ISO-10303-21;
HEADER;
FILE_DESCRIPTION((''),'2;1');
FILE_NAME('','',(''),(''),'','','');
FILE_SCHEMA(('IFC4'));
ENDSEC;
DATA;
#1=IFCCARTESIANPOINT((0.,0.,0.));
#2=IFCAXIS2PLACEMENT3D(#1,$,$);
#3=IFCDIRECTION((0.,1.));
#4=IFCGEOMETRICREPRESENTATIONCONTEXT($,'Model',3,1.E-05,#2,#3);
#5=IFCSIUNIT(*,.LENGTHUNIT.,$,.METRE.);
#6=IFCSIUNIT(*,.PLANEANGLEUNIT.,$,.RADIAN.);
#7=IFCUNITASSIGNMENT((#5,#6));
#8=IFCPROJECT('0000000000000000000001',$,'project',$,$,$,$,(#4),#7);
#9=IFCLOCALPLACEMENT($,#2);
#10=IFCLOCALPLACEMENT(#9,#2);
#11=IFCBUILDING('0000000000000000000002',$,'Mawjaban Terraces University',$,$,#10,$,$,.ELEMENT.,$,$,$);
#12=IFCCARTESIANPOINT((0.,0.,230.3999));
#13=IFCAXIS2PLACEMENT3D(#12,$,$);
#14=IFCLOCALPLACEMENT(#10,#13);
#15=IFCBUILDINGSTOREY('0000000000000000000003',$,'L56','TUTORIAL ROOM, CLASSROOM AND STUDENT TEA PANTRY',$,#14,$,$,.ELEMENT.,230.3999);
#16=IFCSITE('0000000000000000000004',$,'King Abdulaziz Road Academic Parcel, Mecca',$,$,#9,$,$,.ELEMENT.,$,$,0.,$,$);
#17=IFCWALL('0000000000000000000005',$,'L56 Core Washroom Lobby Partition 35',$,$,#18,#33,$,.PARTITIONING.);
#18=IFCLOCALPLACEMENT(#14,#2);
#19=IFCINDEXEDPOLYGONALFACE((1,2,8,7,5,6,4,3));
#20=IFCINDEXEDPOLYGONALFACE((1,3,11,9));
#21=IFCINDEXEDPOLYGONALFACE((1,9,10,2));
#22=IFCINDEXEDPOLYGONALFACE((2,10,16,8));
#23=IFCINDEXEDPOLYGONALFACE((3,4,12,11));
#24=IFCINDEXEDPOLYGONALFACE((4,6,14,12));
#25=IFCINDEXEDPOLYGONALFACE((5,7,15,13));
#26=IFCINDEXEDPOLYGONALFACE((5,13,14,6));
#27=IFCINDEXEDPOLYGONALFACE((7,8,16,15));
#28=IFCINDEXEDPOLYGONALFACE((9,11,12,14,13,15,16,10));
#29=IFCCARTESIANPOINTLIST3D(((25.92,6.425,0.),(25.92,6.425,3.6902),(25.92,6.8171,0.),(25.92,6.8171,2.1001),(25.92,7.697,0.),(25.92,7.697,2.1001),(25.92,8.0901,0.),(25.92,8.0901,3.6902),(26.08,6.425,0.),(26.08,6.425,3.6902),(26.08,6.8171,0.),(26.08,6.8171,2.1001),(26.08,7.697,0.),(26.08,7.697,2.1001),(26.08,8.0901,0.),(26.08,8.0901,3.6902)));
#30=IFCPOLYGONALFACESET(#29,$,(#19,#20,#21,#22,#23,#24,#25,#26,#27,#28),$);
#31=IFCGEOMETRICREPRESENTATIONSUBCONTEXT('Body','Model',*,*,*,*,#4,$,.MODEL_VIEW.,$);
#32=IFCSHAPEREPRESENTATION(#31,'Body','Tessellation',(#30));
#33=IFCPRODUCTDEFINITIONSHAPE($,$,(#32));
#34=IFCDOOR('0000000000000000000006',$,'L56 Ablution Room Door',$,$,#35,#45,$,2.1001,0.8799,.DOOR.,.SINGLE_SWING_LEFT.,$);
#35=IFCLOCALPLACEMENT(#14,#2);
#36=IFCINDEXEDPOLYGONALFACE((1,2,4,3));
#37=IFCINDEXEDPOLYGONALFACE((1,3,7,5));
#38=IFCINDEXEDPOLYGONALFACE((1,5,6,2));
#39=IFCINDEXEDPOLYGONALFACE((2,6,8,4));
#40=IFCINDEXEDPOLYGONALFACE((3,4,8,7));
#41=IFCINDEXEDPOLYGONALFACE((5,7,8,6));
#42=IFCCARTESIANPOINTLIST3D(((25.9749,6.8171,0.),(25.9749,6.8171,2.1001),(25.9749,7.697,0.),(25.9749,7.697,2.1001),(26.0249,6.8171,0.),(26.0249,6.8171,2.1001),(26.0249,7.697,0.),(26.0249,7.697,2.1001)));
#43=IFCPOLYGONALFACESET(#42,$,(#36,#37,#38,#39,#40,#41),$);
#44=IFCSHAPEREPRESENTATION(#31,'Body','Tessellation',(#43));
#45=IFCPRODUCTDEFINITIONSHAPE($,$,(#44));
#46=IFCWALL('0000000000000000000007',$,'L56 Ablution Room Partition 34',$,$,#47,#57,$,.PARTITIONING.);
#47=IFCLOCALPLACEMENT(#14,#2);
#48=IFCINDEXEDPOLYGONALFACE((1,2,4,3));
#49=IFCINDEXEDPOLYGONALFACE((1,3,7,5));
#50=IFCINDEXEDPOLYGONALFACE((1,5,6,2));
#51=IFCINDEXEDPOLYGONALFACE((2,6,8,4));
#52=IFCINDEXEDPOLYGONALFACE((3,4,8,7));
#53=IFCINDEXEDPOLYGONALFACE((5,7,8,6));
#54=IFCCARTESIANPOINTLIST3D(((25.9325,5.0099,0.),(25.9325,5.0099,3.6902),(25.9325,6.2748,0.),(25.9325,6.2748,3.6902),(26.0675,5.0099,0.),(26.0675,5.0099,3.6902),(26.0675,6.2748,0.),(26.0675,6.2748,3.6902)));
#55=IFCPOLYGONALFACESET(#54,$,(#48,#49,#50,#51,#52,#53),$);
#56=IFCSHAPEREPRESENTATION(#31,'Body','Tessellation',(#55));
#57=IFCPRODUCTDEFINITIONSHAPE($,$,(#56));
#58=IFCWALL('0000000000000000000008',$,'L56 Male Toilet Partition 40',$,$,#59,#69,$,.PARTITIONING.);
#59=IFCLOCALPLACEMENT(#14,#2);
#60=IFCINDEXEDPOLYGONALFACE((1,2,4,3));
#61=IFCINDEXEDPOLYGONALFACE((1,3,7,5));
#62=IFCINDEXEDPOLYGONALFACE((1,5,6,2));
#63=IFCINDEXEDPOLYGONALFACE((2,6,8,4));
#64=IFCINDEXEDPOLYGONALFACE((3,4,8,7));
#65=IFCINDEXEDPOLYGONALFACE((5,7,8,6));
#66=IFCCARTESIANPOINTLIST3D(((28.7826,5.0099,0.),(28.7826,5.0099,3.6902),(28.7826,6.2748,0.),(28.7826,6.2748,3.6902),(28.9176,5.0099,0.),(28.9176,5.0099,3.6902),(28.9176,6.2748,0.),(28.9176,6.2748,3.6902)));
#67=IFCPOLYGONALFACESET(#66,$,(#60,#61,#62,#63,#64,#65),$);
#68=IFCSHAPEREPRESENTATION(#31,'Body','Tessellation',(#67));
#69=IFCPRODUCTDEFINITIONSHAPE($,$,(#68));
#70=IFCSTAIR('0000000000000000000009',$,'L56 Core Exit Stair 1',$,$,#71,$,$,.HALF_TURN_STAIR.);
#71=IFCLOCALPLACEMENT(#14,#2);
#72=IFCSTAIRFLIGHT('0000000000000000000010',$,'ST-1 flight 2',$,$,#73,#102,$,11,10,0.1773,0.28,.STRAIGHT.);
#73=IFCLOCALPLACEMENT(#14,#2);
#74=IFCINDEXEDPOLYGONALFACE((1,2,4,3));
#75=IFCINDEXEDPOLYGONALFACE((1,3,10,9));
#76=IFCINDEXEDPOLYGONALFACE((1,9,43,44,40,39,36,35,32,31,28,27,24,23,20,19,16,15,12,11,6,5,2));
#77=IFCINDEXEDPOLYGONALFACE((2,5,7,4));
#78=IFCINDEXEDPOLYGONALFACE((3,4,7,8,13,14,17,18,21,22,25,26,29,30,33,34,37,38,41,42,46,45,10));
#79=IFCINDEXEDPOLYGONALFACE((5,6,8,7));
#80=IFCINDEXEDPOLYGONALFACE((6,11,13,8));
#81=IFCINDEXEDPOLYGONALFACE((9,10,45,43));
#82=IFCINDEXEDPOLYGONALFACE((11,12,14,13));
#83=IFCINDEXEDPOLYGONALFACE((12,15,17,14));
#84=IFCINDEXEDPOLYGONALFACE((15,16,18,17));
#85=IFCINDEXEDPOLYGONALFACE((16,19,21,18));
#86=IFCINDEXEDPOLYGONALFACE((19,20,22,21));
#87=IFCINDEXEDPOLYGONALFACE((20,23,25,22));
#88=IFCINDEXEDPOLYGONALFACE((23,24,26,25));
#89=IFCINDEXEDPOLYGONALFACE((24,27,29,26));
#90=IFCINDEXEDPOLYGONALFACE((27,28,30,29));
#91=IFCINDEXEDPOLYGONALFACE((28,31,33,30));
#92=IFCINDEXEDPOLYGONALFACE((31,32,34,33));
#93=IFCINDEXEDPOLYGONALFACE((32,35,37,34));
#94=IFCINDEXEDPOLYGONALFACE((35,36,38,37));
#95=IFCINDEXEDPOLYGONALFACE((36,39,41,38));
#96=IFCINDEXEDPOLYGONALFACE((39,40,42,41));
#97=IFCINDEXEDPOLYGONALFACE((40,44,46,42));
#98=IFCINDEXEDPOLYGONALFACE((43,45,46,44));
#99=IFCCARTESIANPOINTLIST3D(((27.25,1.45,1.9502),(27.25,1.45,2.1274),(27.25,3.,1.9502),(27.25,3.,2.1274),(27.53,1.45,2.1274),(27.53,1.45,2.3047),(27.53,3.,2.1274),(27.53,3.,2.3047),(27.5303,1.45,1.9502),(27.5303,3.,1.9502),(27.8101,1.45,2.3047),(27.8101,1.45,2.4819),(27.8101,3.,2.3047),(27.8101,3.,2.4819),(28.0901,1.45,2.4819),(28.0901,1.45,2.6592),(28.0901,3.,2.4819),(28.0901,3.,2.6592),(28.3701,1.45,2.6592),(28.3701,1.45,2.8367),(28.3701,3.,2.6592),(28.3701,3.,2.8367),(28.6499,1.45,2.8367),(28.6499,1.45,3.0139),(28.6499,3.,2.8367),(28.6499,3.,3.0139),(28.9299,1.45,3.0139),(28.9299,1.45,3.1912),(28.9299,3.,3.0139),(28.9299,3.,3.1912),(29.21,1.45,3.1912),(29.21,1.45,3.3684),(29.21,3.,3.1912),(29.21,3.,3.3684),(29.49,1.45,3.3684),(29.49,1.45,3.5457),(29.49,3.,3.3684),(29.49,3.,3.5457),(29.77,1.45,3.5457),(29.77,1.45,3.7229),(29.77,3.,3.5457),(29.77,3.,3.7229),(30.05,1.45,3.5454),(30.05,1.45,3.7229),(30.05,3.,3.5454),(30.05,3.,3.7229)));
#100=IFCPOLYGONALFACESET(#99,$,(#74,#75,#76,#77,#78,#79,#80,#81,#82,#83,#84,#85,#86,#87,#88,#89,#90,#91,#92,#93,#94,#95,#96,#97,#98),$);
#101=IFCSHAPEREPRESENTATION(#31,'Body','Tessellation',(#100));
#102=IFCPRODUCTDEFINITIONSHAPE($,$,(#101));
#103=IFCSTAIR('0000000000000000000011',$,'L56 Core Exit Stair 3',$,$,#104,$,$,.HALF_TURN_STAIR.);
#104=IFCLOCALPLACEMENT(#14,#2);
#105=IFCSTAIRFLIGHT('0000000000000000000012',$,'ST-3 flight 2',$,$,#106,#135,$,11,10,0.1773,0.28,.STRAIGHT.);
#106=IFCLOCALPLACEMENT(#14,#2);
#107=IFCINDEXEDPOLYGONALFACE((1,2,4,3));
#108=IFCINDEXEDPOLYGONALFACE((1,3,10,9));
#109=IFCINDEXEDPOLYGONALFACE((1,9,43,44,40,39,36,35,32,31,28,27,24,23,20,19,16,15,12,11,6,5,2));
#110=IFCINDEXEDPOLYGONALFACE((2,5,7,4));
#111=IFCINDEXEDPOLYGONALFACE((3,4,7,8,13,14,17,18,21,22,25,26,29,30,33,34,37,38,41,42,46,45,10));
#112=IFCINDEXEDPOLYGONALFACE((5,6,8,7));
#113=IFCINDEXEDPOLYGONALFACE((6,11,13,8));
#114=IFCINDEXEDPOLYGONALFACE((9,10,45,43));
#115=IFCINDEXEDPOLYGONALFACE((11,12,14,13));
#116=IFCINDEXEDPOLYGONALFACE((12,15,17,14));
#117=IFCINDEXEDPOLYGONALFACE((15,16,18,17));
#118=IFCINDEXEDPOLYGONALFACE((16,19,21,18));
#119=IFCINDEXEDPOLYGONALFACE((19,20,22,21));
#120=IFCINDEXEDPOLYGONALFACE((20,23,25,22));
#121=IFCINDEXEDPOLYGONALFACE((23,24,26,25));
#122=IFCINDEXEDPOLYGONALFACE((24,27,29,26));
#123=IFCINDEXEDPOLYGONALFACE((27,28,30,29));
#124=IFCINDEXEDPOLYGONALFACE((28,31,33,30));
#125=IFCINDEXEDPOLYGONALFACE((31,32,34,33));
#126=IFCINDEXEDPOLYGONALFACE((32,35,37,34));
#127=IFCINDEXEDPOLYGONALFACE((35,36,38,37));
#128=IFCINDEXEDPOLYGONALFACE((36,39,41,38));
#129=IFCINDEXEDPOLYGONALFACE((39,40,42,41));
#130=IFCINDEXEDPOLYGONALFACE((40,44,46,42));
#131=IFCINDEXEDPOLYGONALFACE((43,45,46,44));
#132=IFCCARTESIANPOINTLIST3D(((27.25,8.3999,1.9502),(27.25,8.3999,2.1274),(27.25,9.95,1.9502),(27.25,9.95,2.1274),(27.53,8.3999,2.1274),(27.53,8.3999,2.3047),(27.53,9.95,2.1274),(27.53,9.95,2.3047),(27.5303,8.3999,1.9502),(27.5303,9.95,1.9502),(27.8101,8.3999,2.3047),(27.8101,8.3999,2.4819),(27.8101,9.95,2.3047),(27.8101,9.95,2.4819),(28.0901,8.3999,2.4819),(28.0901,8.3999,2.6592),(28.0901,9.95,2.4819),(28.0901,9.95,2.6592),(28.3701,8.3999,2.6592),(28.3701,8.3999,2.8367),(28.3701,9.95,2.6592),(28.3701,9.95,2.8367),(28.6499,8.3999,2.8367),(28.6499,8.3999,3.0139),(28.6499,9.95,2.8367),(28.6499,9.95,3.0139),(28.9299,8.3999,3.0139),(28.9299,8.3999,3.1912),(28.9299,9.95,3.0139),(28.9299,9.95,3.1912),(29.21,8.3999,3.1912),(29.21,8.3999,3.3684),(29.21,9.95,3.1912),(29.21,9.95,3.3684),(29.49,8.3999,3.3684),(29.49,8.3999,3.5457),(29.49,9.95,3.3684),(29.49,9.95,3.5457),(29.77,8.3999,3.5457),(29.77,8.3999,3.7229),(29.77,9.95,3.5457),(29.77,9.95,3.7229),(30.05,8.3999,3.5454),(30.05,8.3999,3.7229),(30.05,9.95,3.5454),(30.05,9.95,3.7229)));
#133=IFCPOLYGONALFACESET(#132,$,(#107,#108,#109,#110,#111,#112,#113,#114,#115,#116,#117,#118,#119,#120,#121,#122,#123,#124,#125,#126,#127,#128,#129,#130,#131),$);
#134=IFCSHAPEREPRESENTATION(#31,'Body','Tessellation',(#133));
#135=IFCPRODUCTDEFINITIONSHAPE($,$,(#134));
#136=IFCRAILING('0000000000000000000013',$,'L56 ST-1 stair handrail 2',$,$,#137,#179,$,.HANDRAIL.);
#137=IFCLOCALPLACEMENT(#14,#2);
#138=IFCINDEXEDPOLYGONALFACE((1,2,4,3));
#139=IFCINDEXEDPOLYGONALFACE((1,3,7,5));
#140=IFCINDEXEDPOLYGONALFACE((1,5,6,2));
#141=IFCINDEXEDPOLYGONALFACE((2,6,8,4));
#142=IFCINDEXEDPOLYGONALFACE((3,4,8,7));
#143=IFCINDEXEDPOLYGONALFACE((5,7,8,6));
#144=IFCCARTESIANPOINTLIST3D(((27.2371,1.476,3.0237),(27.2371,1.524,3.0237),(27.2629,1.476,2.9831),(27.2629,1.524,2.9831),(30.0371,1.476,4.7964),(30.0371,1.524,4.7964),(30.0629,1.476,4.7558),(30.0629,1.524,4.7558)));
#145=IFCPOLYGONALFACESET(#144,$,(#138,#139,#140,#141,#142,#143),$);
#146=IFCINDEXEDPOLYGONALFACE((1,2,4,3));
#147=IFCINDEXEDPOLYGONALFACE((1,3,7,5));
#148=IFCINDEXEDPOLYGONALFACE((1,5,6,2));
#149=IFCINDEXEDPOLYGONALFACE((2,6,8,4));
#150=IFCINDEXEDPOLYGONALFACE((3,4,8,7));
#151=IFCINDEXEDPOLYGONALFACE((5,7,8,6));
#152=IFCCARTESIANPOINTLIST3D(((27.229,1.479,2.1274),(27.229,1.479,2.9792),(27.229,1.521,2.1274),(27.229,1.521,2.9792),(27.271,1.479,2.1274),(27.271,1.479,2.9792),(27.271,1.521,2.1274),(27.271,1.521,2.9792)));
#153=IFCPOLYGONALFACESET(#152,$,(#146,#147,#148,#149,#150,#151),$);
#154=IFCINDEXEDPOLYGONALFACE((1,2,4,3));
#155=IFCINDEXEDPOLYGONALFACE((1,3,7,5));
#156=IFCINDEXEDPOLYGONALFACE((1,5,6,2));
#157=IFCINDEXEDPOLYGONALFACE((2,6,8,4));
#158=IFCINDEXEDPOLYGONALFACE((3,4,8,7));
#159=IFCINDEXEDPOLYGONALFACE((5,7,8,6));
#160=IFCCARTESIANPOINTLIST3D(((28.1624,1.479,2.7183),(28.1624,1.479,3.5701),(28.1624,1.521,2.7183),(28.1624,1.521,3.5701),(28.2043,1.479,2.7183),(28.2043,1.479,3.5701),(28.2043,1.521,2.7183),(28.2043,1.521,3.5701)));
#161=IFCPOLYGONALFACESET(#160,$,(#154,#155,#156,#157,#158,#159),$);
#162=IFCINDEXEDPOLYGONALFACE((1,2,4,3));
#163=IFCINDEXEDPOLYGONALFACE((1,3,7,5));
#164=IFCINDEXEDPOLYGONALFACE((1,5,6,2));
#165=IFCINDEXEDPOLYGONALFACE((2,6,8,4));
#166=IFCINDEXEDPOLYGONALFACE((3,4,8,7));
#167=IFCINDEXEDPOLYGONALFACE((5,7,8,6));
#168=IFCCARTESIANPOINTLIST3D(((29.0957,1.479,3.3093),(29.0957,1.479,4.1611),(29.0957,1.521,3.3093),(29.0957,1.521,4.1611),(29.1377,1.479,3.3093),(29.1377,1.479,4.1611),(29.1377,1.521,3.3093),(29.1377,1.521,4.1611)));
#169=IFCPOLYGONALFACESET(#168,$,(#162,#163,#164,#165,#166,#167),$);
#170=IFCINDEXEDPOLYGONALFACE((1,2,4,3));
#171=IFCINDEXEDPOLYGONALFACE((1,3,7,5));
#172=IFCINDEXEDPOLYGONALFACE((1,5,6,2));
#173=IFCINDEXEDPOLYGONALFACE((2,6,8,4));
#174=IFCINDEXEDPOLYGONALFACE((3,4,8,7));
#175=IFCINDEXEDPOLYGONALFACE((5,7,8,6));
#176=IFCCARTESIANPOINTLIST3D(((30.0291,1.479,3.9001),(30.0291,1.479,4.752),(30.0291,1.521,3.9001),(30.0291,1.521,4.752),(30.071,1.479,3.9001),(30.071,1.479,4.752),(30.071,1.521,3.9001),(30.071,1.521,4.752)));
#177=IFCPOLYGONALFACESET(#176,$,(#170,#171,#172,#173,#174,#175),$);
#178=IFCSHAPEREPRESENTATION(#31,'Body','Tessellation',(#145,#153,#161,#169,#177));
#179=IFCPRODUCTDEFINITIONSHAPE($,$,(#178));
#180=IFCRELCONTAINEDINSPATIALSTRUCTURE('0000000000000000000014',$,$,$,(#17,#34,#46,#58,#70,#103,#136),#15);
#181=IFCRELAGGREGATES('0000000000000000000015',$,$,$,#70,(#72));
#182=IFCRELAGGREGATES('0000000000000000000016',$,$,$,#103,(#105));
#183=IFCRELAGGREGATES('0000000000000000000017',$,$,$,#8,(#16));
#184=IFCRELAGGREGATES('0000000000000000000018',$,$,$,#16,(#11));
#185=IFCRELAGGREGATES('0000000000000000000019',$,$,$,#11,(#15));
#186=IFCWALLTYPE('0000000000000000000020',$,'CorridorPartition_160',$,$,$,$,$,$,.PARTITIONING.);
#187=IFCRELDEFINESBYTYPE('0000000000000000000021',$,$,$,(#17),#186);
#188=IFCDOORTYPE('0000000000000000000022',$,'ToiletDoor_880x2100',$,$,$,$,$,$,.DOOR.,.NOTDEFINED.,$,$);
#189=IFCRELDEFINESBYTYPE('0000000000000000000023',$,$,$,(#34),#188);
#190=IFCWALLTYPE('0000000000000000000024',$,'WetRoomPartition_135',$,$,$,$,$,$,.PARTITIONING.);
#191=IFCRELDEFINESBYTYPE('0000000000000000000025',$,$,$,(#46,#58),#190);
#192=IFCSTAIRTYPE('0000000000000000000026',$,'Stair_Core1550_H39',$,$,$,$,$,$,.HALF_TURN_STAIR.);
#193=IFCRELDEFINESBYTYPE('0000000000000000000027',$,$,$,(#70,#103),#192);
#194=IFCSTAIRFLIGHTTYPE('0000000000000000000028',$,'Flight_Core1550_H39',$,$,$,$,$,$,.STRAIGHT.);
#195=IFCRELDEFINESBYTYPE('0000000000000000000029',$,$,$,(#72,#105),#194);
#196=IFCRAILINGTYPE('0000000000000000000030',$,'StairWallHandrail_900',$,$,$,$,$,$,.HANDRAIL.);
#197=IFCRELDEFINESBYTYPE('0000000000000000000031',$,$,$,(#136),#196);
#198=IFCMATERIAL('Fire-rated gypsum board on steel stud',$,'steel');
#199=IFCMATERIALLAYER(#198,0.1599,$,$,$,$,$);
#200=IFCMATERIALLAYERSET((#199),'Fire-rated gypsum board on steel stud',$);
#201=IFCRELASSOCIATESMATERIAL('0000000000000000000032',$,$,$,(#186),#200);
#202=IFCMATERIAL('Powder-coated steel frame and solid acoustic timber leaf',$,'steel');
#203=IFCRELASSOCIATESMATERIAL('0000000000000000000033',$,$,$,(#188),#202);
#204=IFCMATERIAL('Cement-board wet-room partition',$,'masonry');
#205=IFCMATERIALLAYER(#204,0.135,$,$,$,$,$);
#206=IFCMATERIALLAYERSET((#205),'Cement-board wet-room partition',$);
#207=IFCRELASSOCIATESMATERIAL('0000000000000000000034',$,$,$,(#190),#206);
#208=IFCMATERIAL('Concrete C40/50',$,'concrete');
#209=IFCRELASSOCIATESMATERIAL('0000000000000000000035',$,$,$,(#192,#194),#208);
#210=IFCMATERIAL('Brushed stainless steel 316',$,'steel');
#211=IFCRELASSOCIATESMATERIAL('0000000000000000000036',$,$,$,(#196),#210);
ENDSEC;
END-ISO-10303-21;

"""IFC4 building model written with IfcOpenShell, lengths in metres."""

from ifc_helpers import new_model, si_unit, direction, frame, frame_2d, origin, origin_2d, place, context, subcontext, project, spatial, polyline, rectangle, outline, extrude, material, layer, layer_set, type_object, element, fill, aggregate, save


model = new_model("IFC4")

# Units and contexts
model_context = context("Model", 3, precision=1e-05, world=origin(), true_north=direction((0.0, 1.0)))
body_context = subcontext(model_context, "Body", "Model", "MODEL_VIEW")
ifc_project = project(units=[si_unit("LENGTHUNIT", "METRE"), si_unit("PLANEANGLEUNIT", "RADIAN")], contexts=[model_context])

# Site, building, storey
site_placement = place(None, origin())
site = spatial("IfcSite", under=ifc_project, at=site_placement, Name="King Abdulaziz Road Academic Parcel, Mecca", CompositionType="ELEMENT", RefElevation=0.0)
building_placement = place(site_placement, origin())
building = spatial("IfcBuilding", under=site, at=building_placement, Name="Mawjaban Terraces University", CompositionType="ELEMENT")
storey_placement = place(building_placement, frame((0.0, 0.0, 230.3999)))
storey = spatial("IfcBuildingStorey", under=building, at=storey_placement, Name="L56", Description="TUTORIAL ROOM, CLASSROOM AND STUDENT TEA PANTRY", CompositionType="ELEMENT", Elevation=230.3999)

# Wall, opening, door
ifc_material_1 = material(Name="Fire-rated gypsum board on steel stud", Category="steel")
ifc_layer_1 = layer(ifc_material_1, 0.1599)
ifc_layer_set_1 = layer_set([ifc_layer_1], Name="Fire-rated gypsum board on steel stud")
wall_type_1 = type_object("IfcWallType", Name="CorridorPartition_160", PredefinedType="PARTITIONING", material=ifc_layer_set_1)
ifc_material_2 = material(Name="Powder-coated steel frame and solid acoustic timber leaf", Category="steel")
door_type = type_object("IfcDoorType", Name="ToiletDoor_880x2100", OperationType="NOTDEFINED", PredefinedType="DOOR", material=ifc_material_2)
wall_1_placement = place(storey_placement, frame((26.0, 8.0901, 0.0), z_axis=(0.0, 0.0, 1.0), x_axis=(0.0, -1.0, 0.0)))
wall_1 = element("IfcWall", 1, at=wall_1_placement, inside=storey, type_object=wall_type_1, Name="L56 Core Washroom Lobby Partition 35", PredefinedType="PARTITIONING", context=body_context, shape_type="SweptSolid", body=[
    extrude(rectangle(XDim=1.665, YDim=0.1599, at=frame_2d((0.8325, 0.0))), origin(), (0.0, 0.0, 1.0), 3.6902),
])
opening_1_placement = place(wall_1_placement, frame((0.3931, 0.0, 0.0)))
opening_1 = element("IfcOpeningElement", 2, at=opening_1_placement, cuts=wall_1, PredefinedType="OPENING", context=body_context, shape_type="SweptSolid", body=[
    extrude(rectangle(XDim=0.8799, YDim=2.1001, at=frame_2d((0.4399, 1.05))), frame((0.0, 0.0898, 0.0), z_axis=(0.0, -1.0, 0.0), x_axis=(1.0, 0.0, 0.0)), (0.0, 0.0, 1.0), 0.1799),
])
door_1_placement = place(opening_1_placement, origin())
door_1 = element("IfcDoor", 3, at=door_1_placement, inside=storey, type_object=door_type, Name="L56 Ablution Room Door", OperationType="SINGLE_SWING_LEFT", OverallHeight=2.1001, OverallWidth=0.8799, PredefinedType="DOOR", context=body_context, shape_type="SweptSolid", body=[
    extrude(rectangle(XDim=0.8799, YDim=2.1001, at=frame_2d((0.4399, 1.05))), frame((0.0, 0.0249, 0.0), z_axis=(0.0, -1.0, 0.0), x_axis=(1.0, 0.0, 0.0)), (0.0, 0.0, 1.0), 0.05),
])
fill(opening_1, door_1)

# Walls
ifc_material_3 = material(Name="Cement-board wet-room partition", Category="masonry")
ifc_layer_2 = layer(ifc_material_3, 0.135)
ifc_layer_set_2 = layer_set([ifc_layer_2], Name="Cement-board wet-room partition")
wall_type_2 = type_object("IfcWallType", Name="WetRoomPartition_135", PredefinedType="PARTITIONING", material=ifc_layer_set_2)
for number, where, z_axis, x_axis, name in (
    (4, (26.0, 5.01, 0.0), (0.0, 0.0, 1.0), (0.0, 1.0, 0.0), "L56 Ablution Room Partition 34"),
    (5, (28.8501, 5.01, 0.0), (0.0, 0.0, 1.0), (0.0, 1.0, 0.0), "L56 Male Toilet Partition 40"),
):
    element("IfcWall", number, at=place(storey_placement, frame(where, z_axis=z_axis, x_axis=x_axis)), inside=storey, type_object=wall_type_2, Name=name, PredefinedType="PARTITIONING", context=body_context, shape_type="SweptSolid", body=[
        extrude(rectangle(XDim=1.2649, YDim=0.135, at=frame_2d((0.6323, 0.0))), origin(), (0.0, 0.0, 1.0), 3.6902),
    ])

# Stairs, stair flights
ifc_material_4 = material(Name="Concrete C40/50", Category="concrete")
stair_type = type_object("IfcStairType", Name="Stair_Core1550_H39", PredefinedType="HALF_TURN_STAIR", material=ifc_material_4)
stair_1_placement = place(storey_placement, origin())
stair_1 = element("IfcStair", 6, at=stair_1_placement, inside=storey, type_object=stair_type, Name="L56 Core Exit Stair 1", PredefinedType="HALF_TURN_STAIR")
stair_flight_type = type_object("IfcStairFlightType", Name="Flight_Core1550_H39", PredefinedType="STRAIGHT", material=ifc_material_4)
stair_flight_1_placement = place(storey_placement, frame((27.25, 2.2251, 1.9502), z_axis=(0.0, 0.0, 1.0), x_axis=(1.0, 0.0, 0.0)))
stair_flight_1 = element("IfcStairFlight", 7, at=stair_flight_1_placement, type_object=stair_flight_type, Name="ST-1 flight 2", NumberOfRisers=11, NumberOfTreads=10, PredefinedType="STRAIGHT", RiserHeight=0.1773, TreadLength=0.28, context=body_context, shape_type="SweptSolid", body=[
    extrude(outline(polyline([(0.0, 0.0), (0.0, 0.1772), (0.28, 0.1772), (0.28, 0.3545), (0.5601, 0.3545), (0.5601, 0.5317), (0.8401, 0.5317), (0.8401, 0.709), (1.1201, 0.709), (1.1201, 0.8865), (1.3999, 0.8865), (1.3999, 1.0637), (1.6799, 1.0637), (1.6799, 1.241), (1.96, 1.241), (1.96, 1.4182), (2.24, 1.4182), (2.24, 1.5955), (2.52, 1.5955), (2.52, 1.7727), (2.8, 1.7727), (2.8, 1.95), (2.8, 1.5952), (0.2803, 0.0), (0.0, 0.0)])), frame((0.0, 0.7749, 0.0), z_axis=(0.0, -1.0, 0.0), x_axis=(1.0, 0.0, 0.0)), (0.0, 0.0, 1.0), 1.55),
])
aggregate(stair_1, [stair_flight_1])
stair_2_placement = place(storey_placement, origin())
stair_2 = element("IfcStair", 8, at=stair_2_placement, inside=storey, type_object=stair_type, Name="L56 Core Exit Stair 3", PredefinedType="HALF_TURN_STAIR")
stair_flight_2_placement = place(storey_placement, frame((27.25, 9.175, 1.9502), z_axis=(0.0, 0.0, 1.0), x_axis=(1.0, 0.0, 0.0)))
stair_flight_2 = element("IfcStairFlight", 9, at=stair_flight_2_placement, type_object=stair_flight_type, Name="ST-3 flight 2", NumberOfRisers=11, NumberOfTreads=10, PredefinedType="STRAIGHT", RiserHeight=0.1773, TreadLength=0.28, context=body_context, shape_type="SweptSolid", body=[
    extrude(outline(polyline([(0.0, 0.0), (0.0, 0.1772), (0.28, 0.1772), (0.28, 0.3545), (0.5601, 0.3545), (0.5601, 0.5317), (0.8401, 0.5317), (0.8401, 0.709), (1.1201, 0.709), (1.1201, 0.8865), (1.3999, 0.8865), (1.3999, 1.0637), (1.6799, 1.0637), (1.6799, 1.241), (1.96, 1.241), (1.96, 1.4182), (2.24, 1.4182), (2.24, 1.5955), (2.52, 1.5955), (2.52, 1.7727), (2.8, 1.7727), (2.8, 1.95), (2.8, 1.5952), (0.2803, 0.0), (0.0, 0.0)])), frame((0.0, 0.7749, 0.0), z_axis=(0.0, -1.0, 0.0), x_axis=(1.0, 0.0, 0.0)), (0.0, 0.0, 1.0), 1.55),
])
aggregate(stair_2, [stair_flight_2])

# Railing
ifc_material_5 = material(Name="Brushed stainless steel 316", Category="steel")
railing_type_1 = type_object("IfcRailingType", Name="StairWallHandrail_900", PredefinedType="HANDRAIL", material=ifc_material_5)
for number, where, name in (
    (10, (27.25, 1.5, 2.1274), "L56 ST-1 stair handrail 2"),
):
    element("IfcRailing", number, at=place(storey_placement, frame(where)), inside=storey, type_object=railing_type_1, Name=name, PredefinedType="HANDRAIL", context=body_context, shape_type="SweptSolid", body=[
        extrude(rectangle(XDim=0.0481, YDim=0.0481, at=origin_2d()), frame((0.0, 0.0, 0.876), z_axis=(0.844909, 0.0, 0.53491), x_axis=(0.0, 1.0, 0.0)), (0.0, 0.0, 1.0), 3.314),
        extrude(rectangle(XDim=0.042, YDim=0.042, at=origin_2d()), origin(), (0.0, 0.0, 1.0), 0.8518),
        extrude(rectangle(XDim=0.042, YDim=0.042, at=origin_2d()), frame((0.9333, 0.0, 0.5908)), (0.0, 0.0, 1.0), 0.8518),
        extrude(rectangle(XDim=0.042, YDim=0.042, at=origin_2d()), frame((1.8667, 0.0, 1.1819)), (0.0, 0.0, 1.0), 0.8518),
        extrude(rectangle(XDim=0.042, YDim=0.042, at=origin_2d()), frame((2.8, 0.0, 1.7727)), (0.0, 0.0, 1.0), 0.8518),
    ])

save(model, "model.ifc")
